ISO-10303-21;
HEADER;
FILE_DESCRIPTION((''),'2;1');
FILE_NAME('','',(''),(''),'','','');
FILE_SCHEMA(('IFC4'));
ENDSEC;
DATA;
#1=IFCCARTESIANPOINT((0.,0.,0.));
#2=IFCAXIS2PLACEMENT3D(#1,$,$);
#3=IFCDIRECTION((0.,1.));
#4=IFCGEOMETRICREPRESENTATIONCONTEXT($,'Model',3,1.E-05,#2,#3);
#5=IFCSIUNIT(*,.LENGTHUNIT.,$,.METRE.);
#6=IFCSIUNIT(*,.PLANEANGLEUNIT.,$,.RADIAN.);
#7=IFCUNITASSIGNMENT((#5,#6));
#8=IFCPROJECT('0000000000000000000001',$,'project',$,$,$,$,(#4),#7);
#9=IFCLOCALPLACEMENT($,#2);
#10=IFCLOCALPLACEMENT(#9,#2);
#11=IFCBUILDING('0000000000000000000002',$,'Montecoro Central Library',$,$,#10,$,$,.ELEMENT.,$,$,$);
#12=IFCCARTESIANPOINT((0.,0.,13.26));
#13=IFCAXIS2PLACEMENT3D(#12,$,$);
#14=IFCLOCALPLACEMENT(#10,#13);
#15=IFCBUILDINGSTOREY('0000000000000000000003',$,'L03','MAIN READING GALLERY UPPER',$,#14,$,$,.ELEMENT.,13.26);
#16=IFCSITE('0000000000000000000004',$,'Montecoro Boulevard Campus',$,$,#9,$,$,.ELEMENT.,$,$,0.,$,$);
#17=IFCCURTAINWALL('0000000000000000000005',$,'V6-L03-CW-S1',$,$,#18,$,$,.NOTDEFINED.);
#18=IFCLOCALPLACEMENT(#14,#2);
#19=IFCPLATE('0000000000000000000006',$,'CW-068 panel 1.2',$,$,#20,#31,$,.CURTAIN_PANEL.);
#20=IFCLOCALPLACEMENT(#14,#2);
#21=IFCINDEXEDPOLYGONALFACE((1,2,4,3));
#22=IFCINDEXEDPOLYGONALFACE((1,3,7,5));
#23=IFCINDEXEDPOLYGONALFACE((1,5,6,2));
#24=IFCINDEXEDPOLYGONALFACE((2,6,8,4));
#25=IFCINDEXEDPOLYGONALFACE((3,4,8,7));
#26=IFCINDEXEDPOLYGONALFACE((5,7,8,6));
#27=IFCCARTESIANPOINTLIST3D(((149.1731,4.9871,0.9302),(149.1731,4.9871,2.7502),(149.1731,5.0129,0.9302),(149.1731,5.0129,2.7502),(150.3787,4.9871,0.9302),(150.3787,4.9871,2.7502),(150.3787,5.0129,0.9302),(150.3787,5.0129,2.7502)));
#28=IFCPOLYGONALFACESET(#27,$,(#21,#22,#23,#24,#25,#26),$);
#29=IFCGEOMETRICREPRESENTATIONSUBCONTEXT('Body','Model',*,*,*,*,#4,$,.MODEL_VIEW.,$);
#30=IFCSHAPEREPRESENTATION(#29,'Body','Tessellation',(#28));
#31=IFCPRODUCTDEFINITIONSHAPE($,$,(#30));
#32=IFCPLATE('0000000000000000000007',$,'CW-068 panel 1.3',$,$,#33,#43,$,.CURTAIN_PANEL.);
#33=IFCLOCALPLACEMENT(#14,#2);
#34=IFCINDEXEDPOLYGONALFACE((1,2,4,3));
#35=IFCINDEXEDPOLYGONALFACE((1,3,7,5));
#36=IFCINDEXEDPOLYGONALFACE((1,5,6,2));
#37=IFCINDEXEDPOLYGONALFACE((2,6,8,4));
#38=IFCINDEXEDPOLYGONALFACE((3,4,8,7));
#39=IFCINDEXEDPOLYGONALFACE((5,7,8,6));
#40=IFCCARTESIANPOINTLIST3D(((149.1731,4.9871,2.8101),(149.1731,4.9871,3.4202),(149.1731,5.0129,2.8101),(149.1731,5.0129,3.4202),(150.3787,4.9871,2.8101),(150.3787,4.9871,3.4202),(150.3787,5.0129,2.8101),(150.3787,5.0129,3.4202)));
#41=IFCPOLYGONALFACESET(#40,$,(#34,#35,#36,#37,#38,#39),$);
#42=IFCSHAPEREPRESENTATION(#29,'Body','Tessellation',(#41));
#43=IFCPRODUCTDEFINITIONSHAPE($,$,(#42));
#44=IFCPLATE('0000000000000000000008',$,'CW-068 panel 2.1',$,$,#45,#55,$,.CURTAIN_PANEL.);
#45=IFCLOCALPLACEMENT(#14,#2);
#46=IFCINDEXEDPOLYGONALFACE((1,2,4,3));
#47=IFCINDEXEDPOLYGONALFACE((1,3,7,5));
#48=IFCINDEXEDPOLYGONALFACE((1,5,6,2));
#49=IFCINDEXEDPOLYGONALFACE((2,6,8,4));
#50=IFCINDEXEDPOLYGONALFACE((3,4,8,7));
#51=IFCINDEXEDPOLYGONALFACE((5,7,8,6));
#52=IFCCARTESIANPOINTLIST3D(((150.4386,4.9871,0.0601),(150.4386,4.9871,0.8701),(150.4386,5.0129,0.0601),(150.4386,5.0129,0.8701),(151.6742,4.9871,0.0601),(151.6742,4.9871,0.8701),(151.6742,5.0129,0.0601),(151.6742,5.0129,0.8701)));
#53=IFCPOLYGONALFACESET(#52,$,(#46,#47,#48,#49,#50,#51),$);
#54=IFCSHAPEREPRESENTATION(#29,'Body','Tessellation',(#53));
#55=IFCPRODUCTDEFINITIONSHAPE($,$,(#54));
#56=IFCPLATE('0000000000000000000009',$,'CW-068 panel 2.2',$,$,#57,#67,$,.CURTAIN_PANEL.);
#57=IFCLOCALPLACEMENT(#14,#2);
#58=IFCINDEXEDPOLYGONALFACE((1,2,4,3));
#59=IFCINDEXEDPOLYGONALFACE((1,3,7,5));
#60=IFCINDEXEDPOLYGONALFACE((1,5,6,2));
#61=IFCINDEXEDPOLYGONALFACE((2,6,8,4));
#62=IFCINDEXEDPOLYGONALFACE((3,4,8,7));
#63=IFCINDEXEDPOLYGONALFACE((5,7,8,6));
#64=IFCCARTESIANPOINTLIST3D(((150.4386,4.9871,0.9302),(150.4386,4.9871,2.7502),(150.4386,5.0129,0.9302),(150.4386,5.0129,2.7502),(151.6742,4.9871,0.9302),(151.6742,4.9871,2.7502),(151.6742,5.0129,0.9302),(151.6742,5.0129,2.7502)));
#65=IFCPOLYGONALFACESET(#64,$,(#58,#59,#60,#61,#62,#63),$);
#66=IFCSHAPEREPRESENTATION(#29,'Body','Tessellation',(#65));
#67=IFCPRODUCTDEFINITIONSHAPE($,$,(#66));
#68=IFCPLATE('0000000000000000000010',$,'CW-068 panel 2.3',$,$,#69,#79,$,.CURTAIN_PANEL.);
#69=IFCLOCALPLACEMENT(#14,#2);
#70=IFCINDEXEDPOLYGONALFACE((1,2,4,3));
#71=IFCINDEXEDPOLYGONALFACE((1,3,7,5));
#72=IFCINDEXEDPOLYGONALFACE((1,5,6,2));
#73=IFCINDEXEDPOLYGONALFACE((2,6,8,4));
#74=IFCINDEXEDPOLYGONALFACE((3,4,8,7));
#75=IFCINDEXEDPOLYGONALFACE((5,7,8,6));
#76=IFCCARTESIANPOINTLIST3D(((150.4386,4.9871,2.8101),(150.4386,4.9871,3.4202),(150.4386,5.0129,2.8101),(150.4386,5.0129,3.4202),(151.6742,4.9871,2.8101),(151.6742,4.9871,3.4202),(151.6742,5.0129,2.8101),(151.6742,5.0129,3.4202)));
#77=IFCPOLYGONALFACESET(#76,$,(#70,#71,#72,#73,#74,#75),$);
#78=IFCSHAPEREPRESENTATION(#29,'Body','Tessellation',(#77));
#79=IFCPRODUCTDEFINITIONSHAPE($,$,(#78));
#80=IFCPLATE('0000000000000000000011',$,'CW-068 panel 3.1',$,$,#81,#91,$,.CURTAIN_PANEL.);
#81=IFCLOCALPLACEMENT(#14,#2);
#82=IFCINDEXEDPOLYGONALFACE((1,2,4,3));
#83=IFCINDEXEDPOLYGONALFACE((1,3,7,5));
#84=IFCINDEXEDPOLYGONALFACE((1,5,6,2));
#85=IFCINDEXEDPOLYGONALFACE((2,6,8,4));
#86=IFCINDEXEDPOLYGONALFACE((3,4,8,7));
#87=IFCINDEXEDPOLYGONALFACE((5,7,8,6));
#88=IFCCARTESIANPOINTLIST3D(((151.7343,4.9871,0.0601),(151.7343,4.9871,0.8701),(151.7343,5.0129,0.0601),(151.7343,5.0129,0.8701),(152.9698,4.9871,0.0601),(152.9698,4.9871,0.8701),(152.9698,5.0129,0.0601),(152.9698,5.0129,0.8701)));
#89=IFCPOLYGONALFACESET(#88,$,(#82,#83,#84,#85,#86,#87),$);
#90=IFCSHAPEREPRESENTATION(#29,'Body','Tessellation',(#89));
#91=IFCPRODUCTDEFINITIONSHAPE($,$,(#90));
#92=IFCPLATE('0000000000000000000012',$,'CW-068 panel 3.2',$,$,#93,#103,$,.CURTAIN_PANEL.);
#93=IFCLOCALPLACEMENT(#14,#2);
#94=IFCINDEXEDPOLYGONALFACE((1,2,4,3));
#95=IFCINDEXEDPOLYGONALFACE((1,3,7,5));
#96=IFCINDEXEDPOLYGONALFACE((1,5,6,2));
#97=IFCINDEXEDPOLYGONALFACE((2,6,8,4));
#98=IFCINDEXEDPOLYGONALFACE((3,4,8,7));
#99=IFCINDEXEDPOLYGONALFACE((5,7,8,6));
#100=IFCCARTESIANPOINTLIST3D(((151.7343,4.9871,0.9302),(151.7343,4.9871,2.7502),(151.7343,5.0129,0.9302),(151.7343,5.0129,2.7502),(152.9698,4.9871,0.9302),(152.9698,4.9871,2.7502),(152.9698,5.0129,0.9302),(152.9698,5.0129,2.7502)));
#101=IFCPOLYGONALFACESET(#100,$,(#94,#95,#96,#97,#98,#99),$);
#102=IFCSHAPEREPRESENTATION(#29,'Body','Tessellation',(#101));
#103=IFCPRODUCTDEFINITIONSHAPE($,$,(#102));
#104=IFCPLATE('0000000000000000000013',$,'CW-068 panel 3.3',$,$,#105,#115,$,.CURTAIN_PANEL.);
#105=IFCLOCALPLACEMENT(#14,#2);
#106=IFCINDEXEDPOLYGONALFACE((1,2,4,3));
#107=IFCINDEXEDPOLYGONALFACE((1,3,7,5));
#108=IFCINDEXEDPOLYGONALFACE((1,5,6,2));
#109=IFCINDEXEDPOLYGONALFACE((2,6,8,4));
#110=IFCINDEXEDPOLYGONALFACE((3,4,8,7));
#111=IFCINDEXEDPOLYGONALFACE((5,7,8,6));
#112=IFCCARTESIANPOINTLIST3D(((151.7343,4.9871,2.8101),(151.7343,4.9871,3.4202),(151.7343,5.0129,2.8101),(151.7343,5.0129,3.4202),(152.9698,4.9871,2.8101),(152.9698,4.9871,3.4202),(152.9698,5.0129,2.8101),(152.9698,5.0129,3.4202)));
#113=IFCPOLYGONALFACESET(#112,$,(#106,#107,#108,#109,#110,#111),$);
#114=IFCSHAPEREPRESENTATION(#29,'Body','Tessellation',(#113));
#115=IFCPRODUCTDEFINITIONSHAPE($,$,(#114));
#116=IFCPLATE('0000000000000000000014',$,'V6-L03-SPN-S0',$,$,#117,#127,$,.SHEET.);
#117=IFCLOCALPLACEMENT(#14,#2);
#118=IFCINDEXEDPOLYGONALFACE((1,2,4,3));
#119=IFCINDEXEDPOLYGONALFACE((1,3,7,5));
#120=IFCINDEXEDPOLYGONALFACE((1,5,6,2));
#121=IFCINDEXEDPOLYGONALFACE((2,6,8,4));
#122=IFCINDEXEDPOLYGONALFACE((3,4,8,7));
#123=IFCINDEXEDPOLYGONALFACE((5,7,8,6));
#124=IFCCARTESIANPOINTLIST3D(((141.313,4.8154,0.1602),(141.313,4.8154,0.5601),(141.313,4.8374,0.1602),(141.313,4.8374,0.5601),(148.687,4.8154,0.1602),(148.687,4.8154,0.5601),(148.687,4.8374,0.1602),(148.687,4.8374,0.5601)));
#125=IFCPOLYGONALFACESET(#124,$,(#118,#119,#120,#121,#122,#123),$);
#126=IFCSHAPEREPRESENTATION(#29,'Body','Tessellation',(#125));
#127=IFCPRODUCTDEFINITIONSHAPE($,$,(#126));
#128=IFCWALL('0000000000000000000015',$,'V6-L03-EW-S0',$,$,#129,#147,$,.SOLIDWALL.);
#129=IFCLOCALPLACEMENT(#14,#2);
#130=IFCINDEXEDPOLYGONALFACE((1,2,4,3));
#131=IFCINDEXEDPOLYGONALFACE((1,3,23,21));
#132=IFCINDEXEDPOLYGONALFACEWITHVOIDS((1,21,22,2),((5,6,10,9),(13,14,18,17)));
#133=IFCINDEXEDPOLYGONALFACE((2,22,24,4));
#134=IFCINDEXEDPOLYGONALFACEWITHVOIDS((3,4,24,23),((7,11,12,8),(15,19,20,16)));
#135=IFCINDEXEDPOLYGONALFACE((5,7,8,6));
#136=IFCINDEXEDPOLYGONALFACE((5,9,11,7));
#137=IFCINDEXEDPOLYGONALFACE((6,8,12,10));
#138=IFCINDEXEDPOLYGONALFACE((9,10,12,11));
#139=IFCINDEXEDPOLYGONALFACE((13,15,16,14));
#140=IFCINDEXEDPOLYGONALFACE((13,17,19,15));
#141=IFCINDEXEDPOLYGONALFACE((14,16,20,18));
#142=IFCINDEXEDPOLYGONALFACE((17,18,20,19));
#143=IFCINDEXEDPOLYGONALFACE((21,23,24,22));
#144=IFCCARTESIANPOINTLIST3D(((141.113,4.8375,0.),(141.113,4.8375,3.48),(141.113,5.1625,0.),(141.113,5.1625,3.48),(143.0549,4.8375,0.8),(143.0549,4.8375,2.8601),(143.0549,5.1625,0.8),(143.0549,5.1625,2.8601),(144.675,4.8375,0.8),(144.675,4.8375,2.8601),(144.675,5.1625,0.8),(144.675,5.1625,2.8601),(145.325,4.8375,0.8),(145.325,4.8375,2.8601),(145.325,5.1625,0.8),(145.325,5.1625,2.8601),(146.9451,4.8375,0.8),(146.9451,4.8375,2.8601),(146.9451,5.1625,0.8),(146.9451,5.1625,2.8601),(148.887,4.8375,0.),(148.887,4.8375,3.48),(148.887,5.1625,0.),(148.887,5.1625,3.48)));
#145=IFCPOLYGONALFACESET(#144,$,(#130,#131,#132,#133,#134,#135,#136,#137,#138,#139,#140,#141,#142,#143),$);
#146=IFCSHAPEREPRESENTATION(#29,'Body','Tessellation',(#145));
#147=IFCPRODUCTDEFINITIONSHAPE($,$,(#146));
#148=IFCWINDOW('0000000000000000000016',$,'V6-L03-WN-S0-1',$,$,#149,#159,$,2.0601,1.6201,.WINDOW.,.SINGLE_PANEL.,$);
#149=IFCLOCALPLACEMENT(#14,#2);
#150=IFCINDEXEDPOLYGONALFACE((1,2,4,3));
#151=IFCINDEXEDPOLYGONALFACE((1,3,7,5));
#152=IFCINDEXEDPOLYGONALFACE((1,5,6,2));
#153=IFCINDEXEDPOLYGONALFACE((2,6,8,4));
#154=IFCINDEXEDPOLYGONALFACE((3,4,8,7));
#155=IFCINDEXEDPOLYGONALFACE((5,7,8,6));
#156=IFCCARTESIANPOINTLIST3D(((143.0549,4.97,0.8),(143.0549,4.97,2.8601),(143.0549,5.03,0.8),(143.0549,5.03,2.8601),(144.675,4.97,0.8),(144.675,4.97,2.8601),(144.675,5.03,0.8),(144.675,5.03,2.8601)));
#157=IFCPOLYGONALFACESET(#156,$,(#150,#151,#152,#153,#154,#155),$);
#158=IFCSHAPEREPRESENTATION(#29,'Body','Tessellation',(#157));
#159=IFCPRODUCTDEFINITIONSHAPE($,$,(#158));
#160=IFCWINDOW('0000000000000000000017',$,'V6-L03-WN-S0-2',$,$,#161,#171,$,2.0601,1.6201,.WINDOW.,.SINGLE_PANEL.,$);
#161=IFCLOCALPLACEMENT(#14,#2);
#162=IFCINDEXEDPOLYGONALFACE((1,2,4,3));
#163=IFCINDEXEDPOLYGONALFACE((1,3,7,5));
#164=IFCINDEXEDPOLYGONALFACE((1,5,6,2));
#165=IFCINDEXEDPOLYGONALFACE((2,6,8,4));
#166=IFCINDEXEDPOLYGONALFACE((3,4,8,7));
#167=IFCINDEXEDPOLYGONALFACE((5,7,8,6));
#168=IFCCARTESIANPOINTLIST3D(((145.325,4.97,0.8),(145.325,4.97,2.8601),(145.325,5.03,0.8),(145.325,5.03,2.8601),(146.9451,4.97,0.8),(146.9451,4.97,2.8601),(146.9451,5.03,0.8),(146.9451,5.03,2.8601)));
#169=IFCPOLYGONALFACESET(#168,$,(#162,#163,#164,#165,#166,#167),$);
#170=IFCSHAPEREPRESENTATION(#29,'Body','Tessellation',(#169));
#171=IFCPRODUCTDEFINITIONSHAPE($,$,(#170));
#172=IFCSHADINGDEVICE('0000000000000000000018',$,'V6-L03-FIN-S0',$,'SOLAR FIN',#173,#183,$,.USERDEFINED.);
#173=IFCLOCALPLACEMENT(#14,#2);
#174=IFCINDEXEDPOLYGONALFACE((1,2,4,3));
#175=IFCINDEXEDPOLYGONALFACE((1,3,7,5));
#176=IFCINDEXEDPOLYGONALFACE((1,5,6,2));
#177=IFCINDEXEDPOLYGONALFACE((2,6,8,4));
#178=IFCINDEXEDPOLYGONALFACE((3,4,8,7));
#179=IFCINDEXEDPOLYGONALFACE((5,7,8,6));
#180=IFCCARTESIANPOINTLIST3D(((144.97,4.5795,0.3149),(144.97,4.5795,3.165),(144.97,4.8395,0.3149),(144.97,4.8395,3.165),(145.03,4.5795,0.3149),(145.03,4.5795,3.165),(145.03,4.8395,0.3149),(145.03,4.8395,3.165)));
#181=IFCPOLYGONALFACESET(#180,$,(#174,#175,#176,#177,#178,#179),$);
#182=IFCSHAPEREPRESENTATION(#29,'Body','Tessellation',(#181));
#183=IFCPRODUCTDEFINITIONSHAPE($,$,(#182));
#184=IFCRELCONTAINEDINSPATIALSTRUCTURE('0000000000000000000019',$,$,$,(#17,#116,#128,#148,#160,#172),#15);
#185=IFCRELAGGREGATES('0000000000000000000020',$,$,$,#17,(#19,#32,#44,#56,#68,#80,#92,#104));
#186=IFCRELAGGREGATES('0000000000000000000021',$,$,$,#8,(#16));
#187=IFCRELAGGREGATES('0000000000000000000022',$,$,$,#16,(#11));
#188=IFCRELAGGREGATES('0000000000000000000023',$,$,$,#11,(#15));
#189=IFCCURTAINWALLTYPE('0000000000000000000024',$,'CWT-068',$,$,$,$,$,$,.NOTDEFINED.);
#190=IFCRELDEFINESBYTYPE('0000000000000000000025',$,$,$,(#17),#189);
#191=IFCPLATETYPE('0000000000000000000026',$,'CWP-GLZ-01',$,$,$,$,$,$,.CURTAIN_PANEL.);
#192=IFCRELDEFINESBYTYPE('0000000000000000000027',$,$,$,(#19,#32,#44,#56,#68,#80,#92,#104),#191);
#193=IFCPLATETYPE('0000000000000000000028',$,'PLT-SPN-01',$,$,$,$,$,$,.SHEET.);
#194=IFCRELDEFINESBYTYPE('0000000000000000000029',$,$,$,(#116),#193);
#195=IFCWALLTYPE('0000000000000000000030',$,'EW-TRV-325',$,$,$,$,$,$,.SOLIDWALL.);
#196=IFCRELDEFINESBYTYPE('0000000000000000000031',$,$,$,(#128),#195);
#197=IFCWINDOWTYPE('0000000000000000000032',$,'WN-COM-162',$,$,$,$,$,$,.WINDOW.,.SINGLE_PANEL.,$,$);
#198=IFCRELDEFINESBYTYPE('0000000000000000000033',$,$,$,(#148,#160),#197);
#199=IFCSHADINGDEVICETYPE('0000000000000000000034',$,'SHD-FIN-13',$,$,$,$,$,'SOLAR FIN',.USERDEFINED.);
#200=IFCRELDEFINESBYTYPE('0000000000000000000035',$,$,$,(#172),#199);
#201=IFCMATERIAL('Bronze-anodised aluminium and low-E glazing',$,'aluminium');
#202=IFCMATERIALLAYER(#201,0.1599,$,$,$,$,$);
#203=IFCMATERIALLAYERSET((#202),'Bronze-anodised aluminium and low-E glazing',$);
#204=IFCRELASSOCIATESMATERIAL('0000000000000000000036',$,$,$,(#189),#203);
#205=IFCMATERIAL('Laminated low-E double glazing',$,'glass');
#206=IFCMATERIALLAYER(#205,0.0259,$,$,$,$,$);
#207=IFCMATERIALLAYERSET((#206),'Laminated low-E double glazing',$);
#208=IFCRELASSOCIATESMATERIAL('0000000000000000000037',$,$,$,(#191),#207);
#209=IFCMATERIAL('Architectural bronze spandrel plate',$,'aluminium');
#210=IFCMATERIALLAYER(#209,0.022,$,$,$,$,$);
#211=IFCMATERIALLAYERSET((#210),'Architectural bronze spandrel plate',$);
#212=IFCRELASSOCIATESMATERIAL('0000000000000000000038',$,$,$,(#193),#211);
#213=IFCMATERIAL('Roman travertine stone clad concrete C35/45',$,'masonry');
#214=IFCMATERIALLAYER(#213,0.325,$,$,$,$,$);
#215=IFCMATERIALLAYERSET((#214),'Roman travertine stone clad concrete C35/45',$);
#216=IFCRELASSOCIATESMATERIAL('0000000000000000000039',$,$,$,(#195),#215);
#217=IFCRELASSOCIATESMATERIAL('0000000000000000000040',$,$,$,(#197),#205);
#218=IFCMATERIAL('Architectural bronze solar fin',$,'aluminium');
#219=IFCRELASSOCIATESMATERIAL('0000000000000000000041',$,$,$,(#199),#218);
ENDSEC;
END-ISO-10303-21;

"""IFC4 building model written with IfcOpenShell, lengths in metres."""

from ifc_helpers import new_model, si_unit, direction, frame, frame_2d, origin, origin_2d, place, context, subcontext, project, spatial, rectangle, extrude, material, layer, layer_set, type_object, element, fill, aggregate, save


model = new_model("IFC4")

# Units and contexts
model_context = context("Model", 3, precision=1e-05, world=origin(), true_north=direction((0.0, 1.0)))
body_context = subcontext(model_context, "Body", "Model", "MODEL_VIEW")
ifc_project = project(units=[si_unit("LENGTHUNIT", "METRE"), si_unit("PLANEANGLEUNIT", "RADIAN")], contexts=[model_context])

# Site, building, storey
site_placement = place(None, origin())
site = spatial("IfcSite", under=ifc_project, at=site_placement, Name="Montecoro Boulevard Campus", CompositionType="ELEMENT", RefElevation=0.0)
building_placement = place(site_placement, origin())
building = spatial("IfcBuilding", under=site, at=building_placement, Name="Montecoro Central Library", CompositionType="ELEMENT")
storey_placement = place(building_placement, frame((0.0, 0.0, 13.26)))
storey = spatial("IfcBuildingStorey", under=building, at=storey_placement, Name="L03", Description="MAIN READING GALLERY UPPER", CompositionType="ELEMENT", Elevation=13.26)

# Curtain wall, plates
ifc_material_1 = material(Name="Bronze-anodised aluminium and low-E glazing", Category="aluminium")
ifc_layer_1 = layer(ifc_material_1, 0.1599)
ifc_layer_set_1 = layer_set([ifc_layer_1], Name="Bronze-anodised aluminium and low-E glazing")
curtain_wall_type = type_object("IfcCurtainWallType", Name="CWT-068", PredefinedType="NOTDEFINED", material=ifc_layer_set_1)
curtain_wall_placement = place(storey_placement, origin())
curtain_wall = element("IfcCurtainWall", 1, at=curtain_wall_placement, inside=storey, type_object=curtain_wall_type, Name="V6-L03-CW-S1", PredefinedType="NOTDEFINED")
ifc_material_2 = material(Name="Laminated low-E double glazing", Category="glass")
ifc_layer_2 = layer(ifc_material_2, 0.0259)
ifc_layer_set_2 = layer_set([ifc_layer_2], Name="Laminated low-E double glazing")
plate_type_1 = type_object("IfcPlateType", Name="CWP-GLZ-01", PredefinedType="CURTAIN_PANEL", material=ifc_layer_set_2)
plate_1_placement = place(storey_placement, frame((149.7759, 5.0, 0.9302), z_axis=(0.0, 0.0, 1.0), x_axis=(1.0, 0.0, 0.0)))
plate_1 = element("IfcPlate", 2, at=plate_1_placement, type_object=plate_type_1, Name="CW-068 panel 1.2", PredefinedType="CURTAIN_PANEL", context=body_context, shape_type="SweptSolid", body=[
    extrude(rectangle(XDim=1.2056, YDim=0.0259, at=origin_2d()), origin(), (0.0, 0.0, 1.0), 1.8201),
])
plate_2_placement = place(storey_placement, frame((149.7759, 5.0, 2.8101), z_axis=(0.0, 0.0, 1.0), x_axis=(1.0, 0.0, 0.0)))
plate_2 = element("IfcPlate", 3, at=plate_2_placement, type_object=plate_type_1, Name="CW-068 panel 1.3", PredefinedType="CURTAIN_PANEL", context=body_context, shape_type="SweptSolid", body=[
    extrude(rectangle(XDim=1.2056, YDim=0.0259, at=origin_2d()), origin(), (0.0, 0.0, 1.0), 0.6101),
])
plate_3_placement = place(storey_placement, frame((151.0564, 5.0, 0.0601), z_axis=(0.0, 0.0, 1.0), x_axis=(1.0, 0.0, 0.0)))
plate_3 = element("IfcPlate", 4, at=plate_3_placement, type_object=plate_type_1, Name="CW-068 panel 2.1", PredefinedType="CURTAIN_PANEL", context=body_context, shape_type="SweptSolid", body=[
    extrude(rectangle(XDim=1.2356, YDim=0.0259, at=origin_2d()), origin(), (0.0, 0.0, 1.0), 0.8101),
])
plate_4_placement = place(storey_placement, frame((151.0564, 5.0, 0.9302), z_axis=(0.0, 0.0, 1.0), x_axis=(1.0, 0.0, 0.0)))
plate_4 = element("IfcPlate", 5, at=plate_4_placement, type_object=plate_type_1, Name="CW-068 panel 2.2", PredefinedType="CURTAIN_PANEL", context=body_context, shape_type="SweptSolid", body=[
    extrude(rectangle(XDim=1.2356, YDim=0.0259, at=origin_2d()), origin(), (0.0, 0.0, 1.0), 1.8201),
])
plate_5_placement = place(storey_placement, frame((151.0564, 5.0, 2.8101), z_axis=(0.0, 0.0, 1.0), x_axis=(1.0, 0.0, 0.0)))
plate_5 = element("IfcPlate", 6, at=plate_5_placement, type_object=plate_type_1, Name="CW-068 panel 2.3", PredefinedType="CURTAIN_PANEL", context=body_context, shape_type="SweptSolid", body=[
    extrude(rectangle(XDim=1.2356, YDim=0.0259, at=origin_2d()), origin(), (0.0, 0.0, 1.0), 0.6101),
])
plate_6_placement = place(storey_placement, frame((152.3521, 5.0, 0.0601), z_axis=(0.0, 0.0, 1.0), x_axis=(1.0, 0.0, 0.0)))
plate_6 = element("IfcPlate", 7, at=plate_6_placement, type_object=plate_type_1, Name="CW-068 panel 3.1", PredefinedType="CURTAIN_PANEL", context=body_context, shape_type="SweptSolid", body=[
    extrude(rectangle(XDim=1.2356, YDim=0.0259, at=origin_2d()), origin(), (0.0, 0.0, 1.0), 0.8101),
])
plate_7_placement = place(storey_placement, frame((152.3521, 5.0, 0.9302), z_axis=(0.0, 0.0, 1.0), x_axis=(1.0, 0.0, 0.0)))
plate_7 = element("IfcPlate", 8, at=plate_7_placement, type_object=plate_type_1, Name="CW-068 panel 3.2", PredefinedType="CURTAIN_PANEL", context=body_context, shape_type="SweptSolid", body=[
    extrude(rectangle(XDim=1.2356, YDim=0.0259, at=origin_2d()), origin(), (0.0, 0.0, 1.0), 1.8201),
])
plate_8_placement = place(storey_placement, frame((152.3521, 5.0, 2.8101), z_axis=(0.0, 0.0, 1.0), x_axis=(1.0, 0.0, 0.0)))
plate_8 = element("IfcPlate", 9, at=plate_8_placement, type_object=plate_type_1, Name="CW-068 panel 3.3", PredefinedType="CURTAIN_PANEL", context=body_context, shape_type="SweptSolid", body=[
    extrude(rectangle(XDim=1.2356, YDim=0.0259, at=origin_2d()), origin(), (0.0, 0.0, 1.0), 0.6101),
])
aggregate(curtain_wall, [plate_1, plate_2, plate_3, plate_4, plate_5, plate_6, plate_7, plate_8])

# Plate
ifc_material_3 = material(Name="Architectural bronze spandrel plate", Category="aluminium")
ifc_layer_3 = layer(ifc_material_3, 0.022)
ifc_layer_set_3 = layer_set([ifc_layer_3], Name="Architectural bronze spandrel plate")
plate_type_2 = type_object("IfcPlateType", Name="PLT-SPN-01", PredefinedType="SHEET", material=ifc_layer_set_3)
plate_9_placement = place(storey_placement, frame((145.0, 4.8264, 0.1602), z_axis=(0.0, 0.0, 1.0), x_axis=(1.0, 0.0, 0.0)))
element("IfcPlate", 10, at=plate_9_placement, inside=storey, type_object=plate_type_2, Name="V6-L03-SPN-S0", PredefinedType="SHEET", context=body_context, shape_type="SweptSolid", body=[
    extrude(rectangle(XDim=7.374, YDim=0.022, at=origin_2d()), origin(), (0.0, 0.0, 1.0), 0.3999),
])

# Wall, openings, windows
ifc_material_4 = material(Name="Roman travertine stone clad concrete C35/45", Category="masonry")
ifc_layer_4 = layer(ifc_material_4, 0.325)
ifc_layer_set_4 = layer_set([ifc_layer_4], Name="Roman travertine stone clad concrete C35/45")
wall_type = type_object("IfcWallType", Name="EW-TRV-325", PredefinedType="SOLIDWALL", material=ifc_layer_set_4)
wall_placement = place(storey_placement, frame((141.113, 5.0, 0.0), z_axis=(0.0, 0.0, 1.0), x_axis=(1.0, 0.0, 0.0)))
wall = element("IfcWall", 11, at=wall_placement, inside=storey, type_object=wall_type, Name="V6-L03-EW-S0", PredefinedType="SOLIDWALL", context=body_context, shape_type="SweptSolid", body=[
    extrude(rectangle(XDim=7.7739, YDim=0.325, at=frame_2d((3.887, 0.0))), origin(), (0.0, 0.0, 1.0), 3.48),
])
opening_1_placement = place(wall_placement, frame((1.9419, 0.0, 0.8)))
opening_1 = element("IfcOpeningElement", 12, at=opening_1_placement, cuts=wall, PredefinedType="OPENING", context=body_context, shape_type="SweptSolid", body=[
    extrude(rectangle(XDim=1.6201, YDim=2.0601, at=frame_2d((0.8101, 1.03))), frame((0.0, 0.1724, 0.0), z_axis=(0.0, -1.0, 0.0), x_axis=(1.0, 0.0, 0.0)), (0.0, 0.0, 1.0), 0.345),
])
opening_2_placement = place(wall_placement, frame((4.2119, 0.0, 0.8)))
opening_2 = element("IfcOpeningElement", 13, at=opening_2_placement, cuts=wall, PredefinedType="OPENING", context=body_context, shape_type="SweptSolid", body=[
    extrude(rectangle(XDim=1.6201, YDim=2.0601, at=frame_2d((0.8101, 1.03))), frame((0.0, 0.1724, 0.0), z_axis=(0.0, -1.0, 0.0), x_axis=(1.0, 0.0, 0.0)), (0.0, 0.0, 1.0), 0.345),
])
window_type = type_object("IfcWindowType", Name="WN-COM-162", PartitioningType="SINGLE_PANEL", PredefinedType="WINDOW", material=ifc_material_2)
window_1_placement = place(opening_1_placement, origin())
window_1 = element("IfcWindow", 14, at=window_1_placement, inside=storey, type_object=window_type, Name="V6-L03-WN-S0-1", OverallHeight=2.0601, OverallWidth=1.6201, PartitioningType="SINGLE_PANEL", PredefinedType="WINDOW", context=body_context, shape_type="SweptSolid", body=[
    extrude(rectangle(XDim=1.6201, YDim=2.0601, at=frame_2d((0.8101, 1.03))), frame((0.0, 0.03, 0.0), z_axis=(0.0, -1.0, 0.0), x_axis=(1.0, 0.0, 0.0)), (0.0, 0.0, 1.0), 0.0601),
])
fill(opening_1, window_1)
window_2_placement = place(opening_2_placement, origin())
window_2 = element("IfcWindow", 15, at=window_2_placement, inside=storey, type_object=window_type, Name="V6-L03-WN-S0-2", OverallHeight=2.0601, OverallWidth=1.6201, PartitioningType="SINGLE_PANEL", PredefinedType="WINDOW", context=body_context, shape_type="SweptSolid", body=[
    extrude(rectangle(XDim=1.6201, YDim=2.0601, at=frame_2d((0.8101, 1.03))), frame((0.0, 0.03, 0.0), z_axis=(0.0, -1.0, 0.0), x_axis=(1.0, 0.0, 0.0)), (0.0, 0.0, 1.0), 0.0601),
])
fill(opening_2, window_2)

# Shading device
ifc_material_5 = material(Name="Architectural bronze solar fin", Category="aluminium")
shading_device_type = type_object("IfcShadingDeviceType", Name="SHD-FIN-13", ElementType="SOLAR FIN", PredefinedType="USERDEFINED", material=ifc_material_5)
shading_device_placement = place(storey_placement, frame((145.0, 4.7095, 0.3149), z_axis=(0.0, 0.0, 1.0), x_axis=(1.0, 0.0, 0.0)))
element("IfcShadingDevice", 16, at=shading_device_placement, inside=storey, type_object=shading_device_type, Name="V6-L03-FIN-S0", ObjectType="SOLAR FIN", PredefinedType="USERDEFINED", context=body_context, shape_type="SweptSolid", body=[
    extrude(rectangle(XDim=0.0601, YDim=0.26, at=origin_2d()), origin(), (0.0, 0.0, 1.0), 2.8501),
])

save(model, "model.ifc")
